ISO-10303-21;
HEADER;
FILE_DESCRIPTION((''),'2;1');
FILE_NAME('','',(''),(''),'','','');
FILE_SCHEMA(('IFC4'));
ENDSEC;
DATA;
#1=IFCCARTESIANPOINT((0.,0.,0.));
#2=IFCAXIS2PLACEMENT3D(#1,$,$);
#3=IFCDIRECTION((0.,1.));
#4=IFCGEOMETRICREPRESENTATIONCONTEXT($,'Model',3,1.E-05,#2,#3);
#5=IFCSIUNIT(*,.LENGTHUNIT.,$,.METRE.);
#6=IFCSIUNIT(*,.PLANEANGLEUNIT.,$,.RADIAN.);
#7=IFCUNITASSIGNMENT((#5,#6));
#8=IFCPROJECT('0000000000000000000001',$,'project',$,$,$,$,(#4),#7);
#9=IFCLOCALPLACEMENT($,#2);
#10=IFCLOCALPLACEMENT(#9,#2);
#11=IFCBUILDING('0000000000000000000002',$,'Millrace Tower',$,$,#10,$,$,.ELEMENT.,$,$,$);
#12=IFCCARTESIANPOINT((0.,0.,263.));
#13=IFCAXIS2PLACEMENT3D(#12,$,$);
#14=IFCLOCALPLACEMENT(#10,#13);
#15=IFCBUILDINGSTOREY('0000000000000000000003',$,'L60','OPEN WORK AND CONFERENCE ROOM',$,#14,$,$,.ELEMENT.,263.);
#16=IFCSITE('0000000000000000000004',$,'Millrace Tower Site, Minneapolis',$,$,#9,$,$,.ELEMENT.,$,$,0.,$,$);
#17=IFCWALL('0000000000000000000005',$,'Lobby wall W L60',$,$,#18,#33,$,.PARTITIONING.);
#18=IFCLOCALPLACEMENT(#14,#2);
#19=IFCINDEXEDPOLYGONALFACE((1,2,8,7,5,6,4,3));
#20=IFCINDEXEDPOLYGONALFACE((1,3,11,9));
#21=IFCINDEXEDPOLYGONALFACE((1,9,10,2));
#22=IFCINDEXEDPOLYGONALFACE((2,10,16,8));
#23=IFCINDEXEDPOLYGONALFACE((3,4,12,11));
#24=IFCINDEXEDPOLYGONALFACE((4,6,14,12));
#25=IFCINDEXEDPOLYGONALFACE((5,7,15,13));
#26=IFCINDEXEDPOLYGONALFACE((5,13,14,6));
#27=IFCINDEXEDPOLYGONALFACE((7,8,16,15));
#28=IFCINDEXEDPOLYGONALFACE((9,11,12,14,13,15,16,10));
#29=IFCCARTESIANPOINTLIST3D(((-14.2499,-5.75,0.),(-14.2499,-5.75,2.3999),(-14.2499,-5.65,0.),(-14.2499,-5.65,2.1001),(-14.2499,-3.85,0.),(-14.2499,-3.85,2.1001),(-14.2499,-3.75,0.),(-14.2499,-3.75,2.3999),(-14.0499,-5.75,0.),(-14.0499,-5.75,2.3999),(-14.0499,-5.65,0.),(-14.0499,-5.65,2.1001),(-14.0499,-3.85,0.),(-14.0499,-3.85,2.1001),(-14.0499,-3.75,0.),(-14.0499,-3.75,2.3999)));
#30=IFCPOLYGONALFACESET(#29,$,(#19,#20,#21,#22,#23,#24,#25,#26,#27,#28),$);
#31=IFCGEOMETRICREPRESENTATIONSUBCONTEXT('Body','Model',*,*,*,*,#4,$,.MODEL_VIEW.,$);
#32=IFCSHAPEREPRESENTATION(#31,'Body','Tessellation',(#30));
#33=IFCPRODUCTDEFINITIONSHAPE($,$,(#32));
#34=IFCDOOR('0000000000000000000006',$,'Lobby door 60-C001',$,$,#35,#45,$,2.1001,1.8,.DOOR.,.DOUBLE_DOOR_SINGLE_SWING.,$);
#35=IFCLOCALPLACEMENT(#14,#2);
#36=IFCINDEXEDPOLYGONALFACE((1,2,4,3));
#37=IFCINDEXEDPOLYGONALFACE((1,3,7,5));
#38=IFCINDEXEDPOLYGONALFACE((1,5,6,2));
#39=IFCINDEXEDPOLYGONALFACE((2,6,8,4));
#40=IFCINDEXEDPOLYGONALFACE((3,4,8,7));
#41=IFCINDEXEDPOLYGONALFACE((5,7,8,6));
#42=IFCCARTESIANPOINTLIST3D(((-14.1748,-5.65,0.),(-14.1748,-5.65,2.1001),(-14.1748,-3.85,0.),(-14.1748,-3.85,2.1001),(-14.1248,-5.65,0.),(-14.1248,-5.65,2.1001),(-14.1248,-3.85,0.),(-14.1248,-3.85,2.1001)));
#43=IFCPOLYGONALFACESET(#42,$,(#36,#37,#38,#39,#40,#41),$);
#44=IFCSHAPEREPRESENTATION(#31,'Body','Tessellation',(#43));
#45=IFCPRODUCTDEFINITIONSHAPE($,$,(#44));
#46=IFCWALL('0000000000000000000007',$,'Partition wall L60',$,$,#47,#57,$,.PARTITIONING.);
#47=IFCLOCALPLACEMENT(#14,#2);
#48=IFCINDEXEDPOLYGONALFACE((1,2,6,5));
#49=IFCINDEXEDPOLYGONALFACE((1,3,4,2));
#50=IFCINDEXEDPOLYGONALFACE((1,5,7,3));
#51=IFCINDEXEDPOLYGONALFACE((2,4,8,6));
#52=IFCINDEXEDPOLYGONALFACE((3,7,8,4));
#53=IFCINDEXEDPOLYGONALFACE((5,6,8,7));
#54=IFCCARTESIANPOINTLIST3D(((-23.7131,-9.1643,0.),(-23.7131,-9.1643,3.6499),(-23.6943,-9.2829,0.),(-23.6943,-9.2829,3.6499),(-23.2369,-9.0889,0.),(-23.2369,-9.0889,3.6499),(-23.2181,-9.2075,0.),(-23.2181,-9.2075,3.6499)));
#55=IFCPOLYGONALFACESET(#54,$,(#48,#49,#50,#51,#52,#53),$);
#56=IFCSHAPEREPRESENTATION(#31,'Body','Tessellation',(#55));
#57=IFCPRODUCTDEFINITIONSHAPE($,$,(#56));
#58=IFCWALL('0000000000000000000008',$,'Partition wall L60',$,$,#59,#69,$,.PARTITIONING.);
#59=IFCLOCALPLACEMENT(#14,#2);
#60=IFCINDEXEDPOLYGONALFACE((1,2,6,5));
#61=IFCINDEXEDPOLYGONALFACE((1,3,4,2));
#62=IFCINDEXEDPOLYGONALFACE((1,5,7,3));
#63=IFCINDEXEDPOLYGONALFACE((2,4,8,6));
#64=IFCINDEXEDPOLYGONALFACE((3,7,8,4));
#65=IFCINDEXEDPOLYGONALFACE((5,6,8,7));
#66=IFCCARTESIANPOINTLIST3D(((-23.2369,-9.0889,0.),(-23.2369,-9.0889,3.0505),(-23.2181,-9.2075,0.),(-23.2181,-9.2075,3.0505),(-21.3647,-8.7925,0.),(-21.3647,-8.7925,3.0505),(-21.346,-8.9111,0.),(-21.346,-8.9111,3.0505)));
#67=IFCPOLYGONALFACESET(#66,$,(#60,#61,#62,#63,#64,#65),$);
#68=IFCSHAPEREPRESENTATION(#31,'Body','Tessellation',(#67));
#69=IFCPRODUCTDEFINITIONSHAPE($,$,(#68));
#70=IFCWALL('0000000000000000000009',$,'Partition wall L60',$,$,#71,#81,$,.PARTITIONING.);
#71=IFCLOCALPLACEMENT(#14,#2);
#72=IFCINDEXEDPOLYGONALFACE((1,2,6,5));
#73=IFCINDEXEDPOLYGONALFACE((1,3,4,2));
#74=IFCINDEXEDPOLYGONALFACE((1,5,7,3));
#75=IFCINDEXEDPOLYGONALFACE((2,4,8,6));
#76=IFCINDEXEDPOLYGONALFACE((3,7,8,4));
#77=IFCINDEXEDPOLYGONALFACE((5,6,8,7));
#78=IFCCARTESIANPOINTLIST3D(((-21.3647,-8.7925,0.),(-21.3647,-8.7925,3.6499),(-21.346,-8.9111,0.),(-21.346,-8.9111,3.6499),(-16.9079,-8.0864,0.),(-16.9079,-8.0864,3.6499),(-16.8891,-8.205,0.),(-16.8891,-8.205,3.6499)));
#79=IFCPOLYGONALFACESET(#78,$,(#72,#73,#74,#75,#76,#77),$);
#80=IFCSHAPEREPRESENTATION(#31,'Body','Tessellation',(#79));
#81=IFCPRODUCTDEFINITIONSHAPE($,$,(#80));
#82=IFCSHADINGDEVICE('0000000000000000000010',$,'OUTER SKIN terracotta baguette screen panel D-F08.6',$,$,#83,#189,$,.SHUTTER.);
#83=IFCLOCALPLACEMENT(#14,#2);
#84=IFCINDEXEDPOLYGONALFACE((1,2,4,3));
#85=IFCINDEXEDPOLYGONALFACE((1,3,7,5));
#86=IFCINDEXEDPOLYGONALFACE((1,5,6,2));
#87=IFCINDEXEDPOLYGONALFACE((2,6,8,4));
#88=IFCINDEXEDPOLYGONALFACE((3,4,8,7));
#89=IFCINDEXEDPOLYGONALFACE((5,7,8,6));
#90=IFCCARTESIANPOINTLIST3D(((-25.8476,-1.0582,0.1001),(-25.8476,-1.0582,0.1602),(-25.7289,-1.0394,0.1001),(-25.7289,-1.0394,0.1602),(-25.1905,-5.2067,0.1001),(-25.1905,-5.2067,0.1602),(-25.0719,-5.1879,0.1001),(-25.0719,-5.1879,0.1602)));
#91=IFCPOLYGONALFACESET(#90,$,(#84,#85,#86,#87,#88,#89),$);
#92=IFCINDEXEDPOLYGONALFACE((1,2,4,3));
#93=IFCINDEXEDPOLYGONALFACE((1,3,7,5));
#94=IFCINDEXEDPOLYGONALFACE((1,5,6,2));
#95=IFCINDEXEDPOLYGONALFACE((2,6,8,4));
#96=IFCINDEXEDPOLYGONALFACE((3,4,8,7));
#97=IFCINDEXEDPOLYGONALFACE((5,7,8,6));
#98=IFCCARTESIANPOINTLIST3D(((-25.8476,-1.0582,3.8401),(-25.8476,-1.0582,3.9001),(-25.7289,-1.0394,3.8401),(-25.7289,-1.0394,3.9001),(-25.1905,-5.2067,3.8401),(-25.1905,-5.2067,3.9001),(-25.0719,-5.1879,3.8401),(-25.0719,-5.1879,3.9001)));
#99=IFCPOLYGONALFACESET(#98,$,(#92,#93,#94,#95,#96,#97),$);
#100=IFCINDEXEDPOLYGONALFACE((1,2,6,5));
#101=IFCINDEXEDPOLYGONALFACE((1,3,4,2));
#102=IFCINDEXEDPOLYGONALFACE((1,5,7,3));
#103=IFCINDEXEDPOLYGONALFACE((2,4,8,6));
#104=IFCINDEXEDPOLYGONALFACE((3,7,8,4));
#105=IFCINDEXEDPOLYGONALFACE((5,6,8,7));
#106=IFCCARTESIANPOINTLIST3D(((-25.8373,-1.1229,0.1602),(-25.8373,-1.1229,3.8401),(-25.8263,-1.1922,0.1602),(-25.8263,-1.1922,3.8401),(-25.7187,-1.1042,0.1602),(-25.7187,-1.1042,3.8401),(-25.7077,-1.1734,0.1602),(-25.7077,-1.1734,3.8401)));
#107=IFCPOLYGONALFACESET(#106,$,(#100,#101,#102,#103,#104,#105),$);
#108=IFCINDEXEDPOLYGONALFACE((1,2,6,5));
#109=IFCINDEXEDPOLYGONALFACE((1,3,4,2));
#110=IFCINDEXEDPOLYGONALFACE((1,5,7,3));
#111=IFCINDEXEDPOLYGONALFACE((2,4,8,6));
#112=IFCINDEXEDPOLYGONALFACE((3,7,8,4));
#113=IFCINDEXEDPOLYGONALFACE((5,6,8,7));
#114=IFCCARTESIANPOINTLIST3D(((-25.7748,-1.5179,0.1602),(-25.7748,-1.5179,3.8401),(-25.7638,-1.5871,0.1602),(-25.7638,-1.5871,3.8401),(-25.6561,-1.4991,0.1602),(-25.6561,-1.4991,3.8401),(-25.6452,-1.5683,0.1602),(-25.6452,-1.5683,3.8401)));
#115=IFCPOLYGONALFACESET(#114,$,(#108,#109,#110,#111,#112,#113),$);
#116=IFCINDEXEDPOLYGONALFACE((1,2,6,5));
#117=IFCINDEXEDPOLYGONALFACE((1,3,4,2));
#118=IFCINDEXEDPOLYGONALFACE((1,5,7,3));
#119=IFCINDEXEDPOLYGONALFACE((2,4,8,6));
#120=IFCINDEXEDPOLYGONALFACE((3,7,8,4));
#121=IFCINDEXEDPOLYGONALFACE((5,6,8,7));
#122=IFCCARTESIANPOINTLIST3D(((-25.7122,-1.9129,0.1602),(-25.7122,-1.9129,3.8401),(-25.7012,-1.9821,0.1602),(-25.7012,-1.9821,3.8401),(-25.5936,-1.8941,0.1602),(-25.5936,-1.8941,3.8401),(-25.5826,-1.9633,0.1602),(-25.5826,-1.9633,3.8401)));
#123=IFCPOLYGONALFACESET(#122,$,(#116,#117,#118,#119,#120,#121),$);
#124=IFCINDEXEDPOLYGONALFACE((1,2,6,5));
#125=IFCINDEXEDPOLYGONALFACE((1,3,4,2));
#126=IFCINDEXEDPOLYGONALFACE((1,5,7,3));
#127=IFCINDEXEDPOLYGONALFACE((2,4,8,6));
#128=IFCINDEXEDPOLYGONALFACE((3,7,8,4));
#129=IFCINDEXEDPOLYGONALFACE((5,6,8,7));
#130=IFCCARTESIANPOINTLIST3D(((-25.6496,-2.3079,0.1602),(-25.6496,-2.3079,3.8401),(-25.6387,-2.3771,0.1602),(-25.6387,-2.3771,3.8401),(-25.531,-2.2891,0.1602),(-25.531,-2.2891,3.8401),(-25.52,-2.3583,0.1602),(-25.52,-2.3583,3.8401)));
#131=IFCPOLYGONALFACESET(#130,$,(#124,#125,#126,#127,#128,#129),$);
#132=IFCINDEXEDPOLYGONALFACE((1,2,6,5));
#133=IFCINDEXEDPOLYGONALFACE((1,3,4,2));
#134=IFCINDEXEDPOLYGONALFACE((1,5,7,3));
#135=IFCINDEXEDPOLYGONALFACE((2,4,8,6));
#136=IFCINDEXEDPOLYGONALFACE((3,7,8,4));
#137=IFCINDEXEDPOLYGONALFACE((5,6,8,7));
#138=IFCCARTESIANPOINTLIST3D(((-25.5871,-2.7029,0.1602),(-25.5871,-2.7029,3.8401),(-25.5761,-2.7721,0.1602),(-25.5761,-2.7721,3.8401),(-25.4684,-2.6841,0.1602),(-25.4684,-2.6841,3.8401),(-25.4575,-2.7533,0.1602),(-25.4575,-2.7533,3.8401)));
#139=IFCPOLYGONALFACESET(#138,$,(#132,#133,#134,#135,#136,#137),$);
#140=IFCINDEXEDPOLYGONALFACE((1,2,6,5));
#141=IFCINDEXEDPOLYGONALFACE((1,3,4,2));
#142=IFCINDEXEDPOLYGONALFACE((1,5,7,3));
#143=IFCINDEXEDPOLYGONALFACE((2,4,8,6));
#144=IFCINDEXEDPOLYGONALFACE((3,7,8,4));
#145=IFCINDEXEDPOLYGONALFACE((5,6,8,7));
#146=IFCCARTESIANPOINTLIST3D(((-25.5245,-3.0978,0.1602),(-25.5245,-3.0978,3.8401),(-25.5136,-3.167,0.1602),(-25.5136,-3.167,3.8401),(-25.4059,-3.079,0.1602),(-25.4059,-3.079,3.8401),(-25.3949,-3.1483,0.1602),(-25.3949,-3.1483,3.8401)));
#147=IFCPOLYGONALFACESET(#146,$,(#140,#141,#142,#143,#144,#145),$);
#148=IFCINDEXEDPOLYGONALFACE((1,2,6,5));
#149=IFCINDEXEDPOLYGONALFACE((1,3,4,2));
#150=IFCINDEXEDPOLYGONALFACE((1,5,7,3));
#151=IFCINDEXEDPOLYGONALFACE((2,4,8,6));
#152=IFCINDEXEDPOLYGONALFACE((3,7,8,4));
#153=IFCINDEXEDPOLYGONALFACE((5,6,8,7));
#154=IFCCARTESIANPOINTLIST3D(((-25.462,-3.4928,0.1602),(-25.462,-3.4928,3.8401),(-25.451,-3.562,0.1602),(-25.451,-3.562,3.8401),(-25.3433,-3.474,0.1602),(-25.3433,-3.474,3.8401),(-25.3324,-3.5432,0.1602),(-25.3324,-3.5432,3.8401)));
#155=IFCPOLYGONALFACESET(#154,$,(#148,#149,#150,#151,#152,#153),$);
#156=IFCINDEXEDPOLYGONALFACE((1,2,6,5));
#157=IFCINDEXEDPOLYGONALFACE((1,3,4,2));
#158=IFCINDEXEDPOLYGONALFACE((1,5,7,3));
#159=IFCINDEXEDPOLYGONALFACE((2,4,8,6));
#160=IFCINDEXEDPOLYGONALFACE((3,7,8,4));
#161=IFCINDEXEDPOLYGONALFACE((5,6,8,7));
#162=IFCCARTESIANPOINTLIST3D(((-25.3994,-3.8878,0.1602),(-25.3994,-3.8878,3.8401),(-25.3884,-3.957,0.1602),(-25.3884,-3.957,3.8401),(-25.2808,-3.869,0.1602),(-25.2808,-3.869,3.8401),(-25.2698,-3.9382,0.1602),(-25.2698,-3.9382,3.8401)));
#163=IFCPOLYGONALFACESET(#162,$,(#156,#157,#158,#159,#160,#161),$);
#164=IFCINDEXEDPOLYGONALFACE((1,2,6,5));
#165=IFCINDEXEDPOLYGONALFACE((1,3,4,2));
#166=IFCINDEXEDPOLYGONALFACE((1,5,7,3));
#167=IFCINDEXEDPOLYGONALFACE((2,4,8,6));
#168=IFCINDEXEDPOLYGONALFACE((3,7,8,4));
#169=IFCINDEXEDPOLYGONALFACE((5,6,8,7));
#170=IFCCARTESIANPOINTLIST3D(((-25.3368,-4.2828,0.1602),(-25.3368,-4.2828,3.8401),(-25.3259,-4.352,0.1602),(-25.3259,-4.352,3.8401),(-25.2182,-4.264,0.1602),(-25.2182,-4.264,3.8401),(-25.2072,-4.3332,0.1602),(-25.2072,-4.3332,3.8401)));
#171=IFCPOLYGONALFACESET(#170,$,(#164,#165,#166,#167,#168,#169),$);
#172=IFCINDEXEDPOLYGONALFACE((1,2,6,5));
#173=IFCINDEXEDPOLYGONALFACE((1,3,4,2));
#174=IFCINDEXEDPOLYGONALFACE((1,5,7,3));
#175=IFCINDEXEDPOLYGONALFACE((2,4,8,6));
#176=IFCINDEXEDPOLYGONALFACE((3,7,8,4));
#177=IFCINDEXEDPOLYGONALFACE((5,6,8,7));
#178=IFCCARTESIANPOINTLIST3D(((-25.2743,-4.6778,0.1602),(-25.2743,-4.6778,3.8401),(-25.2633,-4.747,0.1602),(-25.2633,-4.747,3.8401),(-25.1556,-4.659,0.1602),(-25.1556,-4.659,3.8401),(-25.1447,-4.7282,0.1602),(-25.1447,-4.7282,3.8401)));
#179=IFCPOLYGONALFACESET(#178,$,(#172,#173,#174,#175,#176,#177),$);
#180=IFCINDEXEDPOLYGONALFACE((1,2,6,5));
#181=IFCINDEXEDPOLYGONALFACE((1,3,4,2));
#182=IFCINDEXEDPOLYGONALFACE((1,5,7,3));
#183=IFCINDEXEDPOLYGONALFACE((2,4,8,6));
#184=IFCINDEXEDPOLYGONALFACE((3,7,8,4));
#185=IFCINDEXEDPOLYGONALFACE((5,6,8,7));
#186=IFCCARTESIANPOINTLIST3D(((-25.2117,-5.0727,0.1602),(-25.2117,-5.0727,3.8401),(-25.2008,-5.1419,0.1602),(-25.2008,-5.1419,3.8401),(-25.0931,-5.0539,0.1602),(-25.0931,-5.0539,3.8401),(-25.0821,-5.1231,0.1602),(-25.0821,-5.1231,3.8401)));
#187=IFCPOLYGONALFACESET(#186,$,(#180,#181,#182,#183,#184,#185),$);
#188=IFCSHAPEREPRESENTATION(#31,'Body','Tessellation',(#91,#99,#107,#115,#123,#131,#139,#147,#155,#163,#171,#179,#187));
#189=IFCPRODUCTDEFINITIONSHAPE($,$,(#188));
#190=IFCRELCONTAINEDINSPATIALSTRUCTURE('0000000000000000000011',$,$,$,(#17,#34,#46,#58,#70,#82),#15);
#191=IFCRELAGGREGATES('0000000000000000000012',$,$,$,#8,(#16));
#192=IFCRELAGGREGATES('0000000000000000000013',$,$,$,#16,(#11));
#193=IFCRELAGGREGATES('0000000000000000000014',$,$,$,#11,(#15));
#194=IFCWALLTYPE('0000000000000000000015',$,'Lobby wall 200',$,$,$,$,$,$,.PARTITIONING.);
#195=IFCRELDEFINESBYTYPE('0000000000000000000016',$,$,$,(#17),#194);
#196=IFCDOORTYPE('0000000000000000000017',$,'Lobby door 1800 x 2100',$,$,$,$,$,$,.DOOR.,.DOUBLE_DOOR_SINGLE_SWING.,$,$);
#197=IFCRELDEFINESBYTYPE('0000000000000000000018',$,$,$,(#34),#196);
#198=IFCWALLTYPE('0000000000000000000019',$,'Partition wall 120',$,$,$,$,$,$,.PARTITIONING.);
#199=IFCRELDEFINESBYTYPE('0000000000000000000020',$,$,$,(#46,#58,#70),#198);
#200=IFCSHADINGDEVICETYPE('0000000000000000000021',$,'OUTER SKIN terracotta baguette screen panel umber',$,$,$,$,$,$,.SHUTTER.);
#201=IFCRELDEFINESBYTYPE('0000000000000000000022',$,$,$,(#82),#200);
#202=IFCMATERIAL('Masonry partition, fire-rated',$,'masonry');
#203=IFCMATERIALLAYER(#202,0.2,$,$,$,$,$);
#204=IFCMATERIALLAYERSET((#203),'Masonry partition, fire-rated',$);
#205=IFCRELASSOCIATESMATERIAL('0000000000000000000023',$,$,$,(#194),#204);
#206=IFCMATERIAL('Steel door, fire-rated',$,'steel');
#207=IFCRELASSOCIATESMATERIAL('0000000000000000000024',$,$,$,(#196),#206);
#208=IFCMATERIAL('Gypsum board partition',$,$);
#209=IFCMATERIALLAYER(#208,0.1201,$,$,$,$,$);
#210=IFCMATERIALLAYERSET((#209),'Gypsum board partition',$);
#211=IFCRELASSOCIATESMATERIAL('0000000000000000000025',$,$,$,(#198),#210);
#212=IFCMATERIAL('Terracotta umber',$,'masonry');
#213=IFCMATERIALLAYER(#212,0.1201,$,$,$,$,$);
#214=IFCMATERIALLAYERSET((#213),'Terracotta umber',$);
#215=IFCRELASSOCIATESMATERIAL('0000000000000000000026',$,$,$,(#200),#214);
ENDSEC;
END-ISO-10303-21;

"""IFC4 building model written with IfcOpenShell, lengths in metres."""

from ifc_helpers import new_model, entity, si_unit, direction, frame, frame_2d, origin, origin_2d, place, context, subcontext, project, spatial, rectangle, extrude, source, transform, mapped, material, layer, layer_set, type_object, element, fill, save


model = new_model("IFC4")

# Units and contexts
model_context = context("Model", 3, precision=1e-05, world=origin(), true_north=direction((0.0, 1.0)))
body_context = subcontext(model_context, "Body", "Model", "MODEL_VIEW")
ifc_project = project(units=[si_unit("LENGTHUNIT", "METRE"), si_unit("PLANEANGLEUNIT", "RADIAN")], contexts=[model_context])

# Site, building, storey
site_placement = place(None, origin())
site = spatial("IfcSite", under=ifc_project, at=site_placement, Name="Millrace Tower Site, Minneapolis", CompositionType="ELEMENT", RefElevation=0.0)
building_placement = place(site_placement, origin())
building = spatial("IfcBuilding", under=site, at=building_placement, Name="Millrace Tower", CompositionType="ELEMENT")
storey_placement = place(building_placement, frame((0.0, 0.0, 263.0)))
storey = spatial("IfcBuildingStorey", under=building, at=storey_placement, Name="L60", Description="OPEN WORK AND CONFERENCE ROOM", CompositionType="ELEMENT", Elevation=263.0)

# Wall, opening, door
ifc_material_1 = material(Name="Masonry partition, fire-rated", Category="masonry")
ifc_layer_1 = layer(ifc_material_1, 0.2)
ifc_layer_set_1 = layer_set([ifc_layer_1], Name="Masonry partition, fire-rated")
wall_type_1 = type_object("IfcWallType", Name="Lobby wall 200", PredefinedType="PARTITIONING", material=ifc_layer_set_1)
wall_1_placement = place(storey_placement, frame((-14.1499, -5.75, 0.0), z_axis=(0.0, 0.0, 1.0), x_axis=(0.0, 1.0, 0.0)))
wall_1 = element("IfcWall", 1, at=wall_1_placement, inside=storey, type_object=wall_type_1, Name="Lobby wall W L60", PredefinedType="PARTITIONING", context=body_context, shape_type="SweptSolid", body=[
    extrude(rectangle(XDim=2.0, YDim=0.2, at=frame_2d((1.0, 0.0))), origin(), (0.0, 0.0, 1.0), 2.3999),
])
opening_1_placement = place(wall_1_placement, frame((0.1001, 0.0, 0.0)))
opening_1 = element("IfcOpeningElement", 2, at=opening_1_placement, cuts=wall_1, PredefinedType="OPENING", context=body_context, shape_type="SweptSolid", body=[
    extrude(rectangle(XDim=1.8, YDim=2.1001, at=frame_2d((0.8999, 1.05))), frame((0.0, 0.1099, 0.0), z_axis=(0.0, -1.0, 0.0), x_axis=(1.0, 0.0, 0.0)), (0.0, 0.0, 1.0), 0.22),
])
ifc_material_2 = material(Name="Steel door, fire-rated", Category="steel")
door_type_1 = type_object("IfcDoorType", Name="Lobby door 1800 x 2100", OperationType="DOUBLE_DOOR_SINGLE_SWING", PredefinedType="DOOR", material=ifc_material_2)
door_1_placement = place(opening_1_placement, origin())
door_1 = element("IfcDoor", 3, at=door_1_placement, inside=storey, type_object=door_type_1, Name="Lobby door 60-C001", OperationType="DOUBLE_DOOR_SINGLE_SWING", OverallHeight=2.1001, OverallWidth=1.8, PredefinedType="DOOR", context=body_context, shape_type="SweptSolid", body=[
    extrude(rectangle(XDim=1.8, YDim=2.1001, at=frame_2d((0.8999, 1.05))), frame((0.0, 0.0249, 0.0), z_axis=(0.0, -1.0, 0.0), x_axis=(1.0, 0.0, 0.0)), (0.0, 0.0, 1.0), 0.05),
])
fill(opening_1, door_1)

# Walls
ifc_material_3 = material(Name="Gypsum board partition")
ifc_layer_2 = layer(ifc_material_3, 0.1201)
ifc_layer_set_2 = layer_set([ifc_layer_2], Name="Gypsum board partition")
wall_type_2 = type_object("IfcWallType", Name="Partition wall 120", PredefinedType="PARTITIONING", material=ifc_layer_set_2)
wall_2_placement = place(storey_placement, frame((-23.7039, -9.2236, 0.0), z_axis=(0.0, 0.0, 1.0), x_axis=(0.987689, 0.15643, 0.0)))
element("IfcWall", 4, at=wall_2_placement, inside=storey, type_object=wall_type_2, Name="Partition wall L60", PredefinedType="PARTITIONING", context=body_context, shape_type="SweptSolid", body=[
    extrude(rectangle(XDim=0.4822, YDim=0.1201, at=frame_2d((0.2412, 0.0))), origin(), (0.0, 0.0, 1.0), 3.6499),
])
wall_3_placement = place(storey_placement, frame((-23.2275, -9.1482, 0.0), z_axis=(0.0, 0.0, 1.0), x_axis=(0.987698, 0.156373, 0.0)))
element("IfcWall", 5, at=wall_3_placement, inside=storey, type_object=wall_type_2, Name="Partition wall L60", PredefinedType="PARTITIONING", context=body_context, shape_type="SweptSolid", body=[
    extrude(rectangle(XDim=1.8955, YDim=0.1201, at=frame_2d((0.9478, 0.0))), origin(), (0.0, 0.0, 1.0), 3.0505),
])
wall_4_placement = place(storey_placement, frame((-21.3555, -8.8518, 0.0), z_axis=(0.0, 0.0, 1.0), x_axis=(0.987683, 0.156471, 0.0)))
element("IfcWall", 6, at=wall_4_placement, inside=storey, type_object=wall_type_2, Name="Partition wall L60", PredefinedType="PARTITIONING", context=body_context, shape_type="SweptSolid", body=[
    extrude(rectangle(XDim=4.5125, YDim=0.1201, at=frame_2d((2.2563, 0.0))), origin(), (0.0, 0.0, 1.0), 3.6499),
])

# Shading device
ifc_material_4 = material(Name="Terracotta umber", Category="masonry")
ifc_layer_3 = layer(ifc_material_4, 0.1201)
ifc_layer_set_3 = layer_set([ifc_layer_3], Name="Terracotta umber")
shading_device_type = type_object("IfcShadingDeviceType", Name="OUTER SKIN terracotta baguette screen panel umber", PredefinedType="SHUTTER", material=ifc_layer_set_3)
cartesian_point = entity("IfcCartesianPoint", [-2.1001, 0.0601])
shared_polyline = entity("IfcPolyline", [cartesian_point, entity("IfcCartesianPoint", [2.1001, 0.0601]), entity("IfcCartesianPoint", [2.1001, -0.0601]), entity("IfcCartesianPoint", [-2.1001, -0.0601]), cartesian_point])
shared_shape = source(origin(), body_context, "Body", "SweptSolid", [
    entity("IfcExtrudedAreaSolid", entity("IfcArbitraryClosedProfileDef", "AREA", None, shared_polyline), entity("IfcAxis2Placement3D", entity("IfcCartesianPoint", [0.0, 0.0, 0.0])), entity("IfcDirection", [0.0, 0.0, 1.0]), 0.0601),
    entity("IfcExtrudedAreaSolid", entity("IfcArbitraryClosedProfileDef", "AREA", None, shared_polyline), entity("IfcAxis2Placement3D", entity("IfcCartesianPoint", [0.0, 0.0, 3.74])), entity("IfcDirection", [0.0, 0.0, 1.0]), 0.0601),
    extrude(rectangle(XDim=0.0701, YDim=0.1201, at=frame_2d((-1.9995, 0.0))), frame((0.0, 0.0, 0.0601)), (0.0, 0.0, 1.0), 3.6799),
    extrude(rectangle(XDim=0.0701, YDim=0.1201, at=frame_2d((-1.5996, 0.0))), frame((0.0, 0.0, 0.0601)), (0.0, 0.0, 1.0), 3.6799),
    extrude(rectangle(XDim=0.0701, YDim=0.1201, at=frame_2d((-1.1997, 0.0))), frame((0.0, 0.0, 0.0601)), (0.0, 0.0, 1.0), 3.6799),
    extrude(rectangle(XDim=0.0701, YDim=0.1201, at=frame_2d((-0.7998, 0.0))), frame((0.0, 0.0, 0.0601)), (0.0, 0.0, 1.0), 3.6799),
    extrude(rectangle(XDim=0.0701, YDim=0.1201, at=frame_2d((-0.3999, 0.0))), frame((0.0, 0.0, 0.0601)), (0.0, 0.0, 1.0), 3.6799),
    extrude(rectangle(XDim=0.0701, YDim=0.1201, at=origin_2d()), frame((0.0, 0.0, 0.0601)), (0.0, 0.0, 1.0), 3.6799),
    extrude(rectangle(XDim=0.0701, YDim=0.1201, at=frame_2d((0.3999, 0.0))), frame((0.0, 0.0, 0.0601)), (0.0, 0.0, 1.0), 3.6799),
    extrude(rectangle(XDim=0.0701, YDim=0.1201, at=frame_2d((0.7998, 0.0))), frame((0.0, 0.0, 0.0601)), (0.0, 0.0, 1.0), 3.6799),
    extrude(rectangle(XDim=0.0701, YDim=0.1201, at=frame_2d((1.1997, 0.0))), frame((0.0, 0.0, 0.0601)), (0.0, 0.0, 1.0), 3.6799),
    extrude(rectangle(XDim=0.0701, YDim=0.1201, at=frame_2d((1.5996, 0.0))), frame((0.0, 0.0, 0.0601)), (0.0, 0.0, 1.0), 3.6799),
    extrude(rectangle(XDim=0.0701, YDim=0.1201, at=frame_2d((1.9995, 0.0))), frame((0.0, 0.0, 0.0601)), (0.0, 0.0, 1.0), 3.6799),
])
for number, where, z_axis, x_axis, name in (
    (7, (-25.4597, -3.123, 0.1001), (0.0, 0.0, 1.0), (0.156434, -0.987688, 0.0), "OUTER SKIN terracotta baguette screen panel D-F08.6"),
):
    element("IfcShadingDevice", number, at=place(storey_placement, frame(where, z_axis=z_axis, x_axis=x_axis)), inside=storey, type_object=shading_device_type, Name=name, PredefinedType="SHUTTER", context=body_context, shape_type="MappedRepresentation", body=[
        mapped(shared_shape, transform((0.0, 0.0, 0.0), scale=1.0)),
    ])

save(model, "model.ifc")
